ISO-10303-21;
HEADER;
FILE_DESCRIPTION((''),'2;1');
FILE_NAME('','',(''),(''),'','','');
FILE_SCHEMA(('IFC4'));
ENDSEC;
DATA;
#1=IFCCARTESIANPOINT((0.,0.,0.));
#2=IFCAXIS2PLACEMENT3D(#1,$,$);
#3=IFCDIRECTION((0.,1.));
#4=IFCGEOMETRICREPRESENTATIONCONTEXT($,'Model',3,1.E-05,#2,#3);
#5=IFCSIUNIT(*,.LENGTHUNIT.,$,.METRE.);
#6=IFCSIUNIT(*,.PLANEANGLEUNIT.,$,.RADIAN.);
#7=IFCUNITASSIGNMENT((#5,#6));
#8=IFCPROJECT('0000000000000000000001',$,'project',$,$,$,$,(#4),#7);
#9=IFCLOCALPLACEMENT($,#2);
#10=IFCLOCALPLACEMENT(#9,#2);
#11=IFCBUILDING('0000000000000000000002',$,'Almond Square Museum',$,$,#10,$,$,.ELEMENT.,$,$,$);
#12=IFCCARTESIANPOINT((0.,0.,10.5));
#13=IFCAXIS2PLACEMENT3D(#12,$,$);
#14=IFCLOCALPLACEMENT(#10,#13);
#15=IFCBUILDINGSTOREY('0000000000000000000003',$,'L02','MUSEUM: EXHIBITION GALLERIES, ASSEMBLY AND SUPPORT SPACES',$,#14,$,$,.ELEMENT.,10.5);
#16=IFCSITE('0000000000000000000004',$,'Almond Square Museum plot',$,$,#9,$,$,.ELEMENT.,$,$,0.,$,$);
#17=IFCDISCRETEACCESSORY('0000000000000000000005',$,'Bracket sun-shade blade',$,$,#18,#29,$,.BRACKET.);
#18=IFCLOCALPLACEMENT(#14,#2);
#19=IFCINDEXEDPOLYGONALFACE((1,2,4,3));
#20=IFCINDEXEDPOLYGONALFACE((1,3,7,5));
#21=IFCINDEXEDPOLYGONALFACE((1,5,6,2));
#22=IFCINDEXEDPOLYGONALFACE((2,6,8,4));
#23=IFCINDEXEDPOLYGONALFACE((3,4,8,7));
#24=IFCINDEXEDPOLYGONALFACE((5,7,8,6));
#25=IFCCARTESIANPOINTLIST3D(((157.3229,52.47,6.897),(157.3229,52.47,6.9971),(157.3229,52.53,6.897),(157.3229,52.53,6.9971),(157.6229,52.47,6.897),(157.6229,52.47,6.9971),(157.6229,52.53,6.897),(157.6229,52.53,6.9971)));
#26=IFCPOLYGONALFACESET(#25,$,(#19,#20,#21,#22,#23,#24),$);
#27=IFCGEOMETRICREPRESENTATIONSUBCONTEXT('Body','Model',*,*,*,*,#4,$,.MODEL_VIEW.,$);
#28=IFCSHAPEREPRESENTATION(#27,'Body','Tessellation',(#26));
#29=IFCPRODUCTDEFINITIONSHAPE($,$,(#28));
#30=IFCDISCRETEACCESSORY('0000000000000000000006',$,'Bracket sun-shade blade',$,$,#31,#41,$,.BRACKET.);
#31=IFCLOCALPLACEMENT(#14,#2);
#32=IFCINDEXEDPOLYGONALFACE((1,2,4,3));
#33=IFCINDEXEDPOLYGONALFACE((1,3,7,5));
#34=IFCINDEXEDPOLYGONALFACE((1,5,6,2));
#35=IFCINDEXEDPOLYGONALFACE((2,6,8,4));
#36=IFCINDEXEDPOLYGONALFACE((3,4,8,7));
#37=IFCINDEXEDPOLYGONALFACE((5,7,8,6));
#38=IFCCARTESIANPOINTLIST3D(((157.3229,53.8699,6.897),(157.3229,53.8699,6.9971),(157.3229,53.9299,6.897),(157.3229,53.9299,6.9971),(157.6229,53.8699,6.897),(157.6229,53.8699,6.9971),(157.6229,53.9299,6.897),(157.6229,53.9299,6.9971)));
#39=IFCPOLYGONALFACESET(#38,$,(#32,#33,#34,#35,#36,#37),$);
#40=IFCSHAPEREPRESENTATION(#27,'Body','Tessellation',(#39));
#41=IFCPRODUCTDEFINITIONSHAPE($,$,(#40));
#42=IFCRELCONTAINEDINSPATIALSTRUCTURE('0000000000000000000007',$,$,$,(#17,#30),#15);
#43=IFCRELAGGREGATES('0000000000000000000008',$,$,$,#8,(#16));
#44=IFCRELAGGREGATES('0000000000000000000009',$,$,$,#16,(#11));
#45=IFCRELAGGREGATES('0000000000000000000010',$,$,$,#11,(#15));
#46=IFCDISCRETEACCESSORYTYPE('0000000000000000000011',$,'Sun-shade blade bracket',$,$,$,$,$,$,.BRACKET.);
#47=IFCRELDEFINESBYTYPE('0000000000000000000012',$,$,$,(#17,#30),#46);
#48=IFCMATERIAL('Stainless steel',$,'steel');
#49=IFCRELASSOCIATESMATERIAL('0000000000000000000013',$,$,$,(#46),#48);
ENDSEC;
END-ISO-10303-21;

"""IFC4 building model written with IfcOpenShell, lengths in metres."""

from ifc_helpers import new_model, si_unit, direction, frame, origin, origin_2d, place, context, subcontext, project, spatial, rectangle, extrude, material, type_object, element, save


model = new_model("IFC4")

# Units and contexts
model_context = context("Model", 3, precision=1e-05, world=origin(), true_north=direction((0.0, 1.0)))
body_context = subcontext(model_context, "Body", "Model", "MODEL_VIEW")
ifc_project = project(units=[si_unit("LENGTHUNIT", "METRE"), si_unit("PLANEANGLEUNIT", "RADIAN")], contexts=[model_context])

# Site, building, storey
site_placement = place(None, origin())
site = spatial("IfcSite", under=ifc_project, at=site_placement, Name="Almond Square Museum plot", CompositionType="ELEMENT", RefElevation=0.0)
building_placement = place(site_placement, origin())
building = spatial("IfcBuilding", under=site, at=building_placement, Name="Almond Square Museum", CompositionType="ELEMENT")
storey_placement = place(building_placement, frame((0.0, 0.0, 10.5)))
storey = spatial("IfcBuildingStorey", under=building, at=storey_placement, Name="L02", Description="MUSEUM: EXHIBITION GALLERIES, ASSEMBLY AND SUPPORT SPACES", CompositionType="ELEMENT", Elevation=10.5)

# Discrete accessories
ifc_material_1 = material(Name="Stainless steel", Category="steel")
discrete_accessory_type_1 = type_object("IfcDiscreteAccessoryType", Name="Sun-shade blade bracket", PredefinedType="BRACKET", material=ifc_material_1)
for number, where, z_axis, x_axis, name in (
    (1, (157.4729, 52.5, 6.897), (0.0, 0.0, 1.0), (1.0, 0.0, 0.0), "Bracket sun-shade blade"),
    (2, (157.4729, 53.8999, 6.897), (0.0, 0.0, 1.0), (1.0, 0.0, 0.0), "Bracket sun-shade blade"),
):
    element("IfcDiscreteAccessory", number, at=place(storey_placement, frame(where, z_axis=z_axis, x_axis=x_axis)), inside=storey, type_object=discrete_accessory_type_1, Name=name, PredefinedType="BRACKET", context=body_context, shape_type="SweptSolid", body=[
        extrude(rectangle(XDim=0.3, YDim=0.0601, at=origin_2d()), origin(), (0.0, 0.0, 1.0), 0.1001),
    ])

save(model, "model.ifc")
